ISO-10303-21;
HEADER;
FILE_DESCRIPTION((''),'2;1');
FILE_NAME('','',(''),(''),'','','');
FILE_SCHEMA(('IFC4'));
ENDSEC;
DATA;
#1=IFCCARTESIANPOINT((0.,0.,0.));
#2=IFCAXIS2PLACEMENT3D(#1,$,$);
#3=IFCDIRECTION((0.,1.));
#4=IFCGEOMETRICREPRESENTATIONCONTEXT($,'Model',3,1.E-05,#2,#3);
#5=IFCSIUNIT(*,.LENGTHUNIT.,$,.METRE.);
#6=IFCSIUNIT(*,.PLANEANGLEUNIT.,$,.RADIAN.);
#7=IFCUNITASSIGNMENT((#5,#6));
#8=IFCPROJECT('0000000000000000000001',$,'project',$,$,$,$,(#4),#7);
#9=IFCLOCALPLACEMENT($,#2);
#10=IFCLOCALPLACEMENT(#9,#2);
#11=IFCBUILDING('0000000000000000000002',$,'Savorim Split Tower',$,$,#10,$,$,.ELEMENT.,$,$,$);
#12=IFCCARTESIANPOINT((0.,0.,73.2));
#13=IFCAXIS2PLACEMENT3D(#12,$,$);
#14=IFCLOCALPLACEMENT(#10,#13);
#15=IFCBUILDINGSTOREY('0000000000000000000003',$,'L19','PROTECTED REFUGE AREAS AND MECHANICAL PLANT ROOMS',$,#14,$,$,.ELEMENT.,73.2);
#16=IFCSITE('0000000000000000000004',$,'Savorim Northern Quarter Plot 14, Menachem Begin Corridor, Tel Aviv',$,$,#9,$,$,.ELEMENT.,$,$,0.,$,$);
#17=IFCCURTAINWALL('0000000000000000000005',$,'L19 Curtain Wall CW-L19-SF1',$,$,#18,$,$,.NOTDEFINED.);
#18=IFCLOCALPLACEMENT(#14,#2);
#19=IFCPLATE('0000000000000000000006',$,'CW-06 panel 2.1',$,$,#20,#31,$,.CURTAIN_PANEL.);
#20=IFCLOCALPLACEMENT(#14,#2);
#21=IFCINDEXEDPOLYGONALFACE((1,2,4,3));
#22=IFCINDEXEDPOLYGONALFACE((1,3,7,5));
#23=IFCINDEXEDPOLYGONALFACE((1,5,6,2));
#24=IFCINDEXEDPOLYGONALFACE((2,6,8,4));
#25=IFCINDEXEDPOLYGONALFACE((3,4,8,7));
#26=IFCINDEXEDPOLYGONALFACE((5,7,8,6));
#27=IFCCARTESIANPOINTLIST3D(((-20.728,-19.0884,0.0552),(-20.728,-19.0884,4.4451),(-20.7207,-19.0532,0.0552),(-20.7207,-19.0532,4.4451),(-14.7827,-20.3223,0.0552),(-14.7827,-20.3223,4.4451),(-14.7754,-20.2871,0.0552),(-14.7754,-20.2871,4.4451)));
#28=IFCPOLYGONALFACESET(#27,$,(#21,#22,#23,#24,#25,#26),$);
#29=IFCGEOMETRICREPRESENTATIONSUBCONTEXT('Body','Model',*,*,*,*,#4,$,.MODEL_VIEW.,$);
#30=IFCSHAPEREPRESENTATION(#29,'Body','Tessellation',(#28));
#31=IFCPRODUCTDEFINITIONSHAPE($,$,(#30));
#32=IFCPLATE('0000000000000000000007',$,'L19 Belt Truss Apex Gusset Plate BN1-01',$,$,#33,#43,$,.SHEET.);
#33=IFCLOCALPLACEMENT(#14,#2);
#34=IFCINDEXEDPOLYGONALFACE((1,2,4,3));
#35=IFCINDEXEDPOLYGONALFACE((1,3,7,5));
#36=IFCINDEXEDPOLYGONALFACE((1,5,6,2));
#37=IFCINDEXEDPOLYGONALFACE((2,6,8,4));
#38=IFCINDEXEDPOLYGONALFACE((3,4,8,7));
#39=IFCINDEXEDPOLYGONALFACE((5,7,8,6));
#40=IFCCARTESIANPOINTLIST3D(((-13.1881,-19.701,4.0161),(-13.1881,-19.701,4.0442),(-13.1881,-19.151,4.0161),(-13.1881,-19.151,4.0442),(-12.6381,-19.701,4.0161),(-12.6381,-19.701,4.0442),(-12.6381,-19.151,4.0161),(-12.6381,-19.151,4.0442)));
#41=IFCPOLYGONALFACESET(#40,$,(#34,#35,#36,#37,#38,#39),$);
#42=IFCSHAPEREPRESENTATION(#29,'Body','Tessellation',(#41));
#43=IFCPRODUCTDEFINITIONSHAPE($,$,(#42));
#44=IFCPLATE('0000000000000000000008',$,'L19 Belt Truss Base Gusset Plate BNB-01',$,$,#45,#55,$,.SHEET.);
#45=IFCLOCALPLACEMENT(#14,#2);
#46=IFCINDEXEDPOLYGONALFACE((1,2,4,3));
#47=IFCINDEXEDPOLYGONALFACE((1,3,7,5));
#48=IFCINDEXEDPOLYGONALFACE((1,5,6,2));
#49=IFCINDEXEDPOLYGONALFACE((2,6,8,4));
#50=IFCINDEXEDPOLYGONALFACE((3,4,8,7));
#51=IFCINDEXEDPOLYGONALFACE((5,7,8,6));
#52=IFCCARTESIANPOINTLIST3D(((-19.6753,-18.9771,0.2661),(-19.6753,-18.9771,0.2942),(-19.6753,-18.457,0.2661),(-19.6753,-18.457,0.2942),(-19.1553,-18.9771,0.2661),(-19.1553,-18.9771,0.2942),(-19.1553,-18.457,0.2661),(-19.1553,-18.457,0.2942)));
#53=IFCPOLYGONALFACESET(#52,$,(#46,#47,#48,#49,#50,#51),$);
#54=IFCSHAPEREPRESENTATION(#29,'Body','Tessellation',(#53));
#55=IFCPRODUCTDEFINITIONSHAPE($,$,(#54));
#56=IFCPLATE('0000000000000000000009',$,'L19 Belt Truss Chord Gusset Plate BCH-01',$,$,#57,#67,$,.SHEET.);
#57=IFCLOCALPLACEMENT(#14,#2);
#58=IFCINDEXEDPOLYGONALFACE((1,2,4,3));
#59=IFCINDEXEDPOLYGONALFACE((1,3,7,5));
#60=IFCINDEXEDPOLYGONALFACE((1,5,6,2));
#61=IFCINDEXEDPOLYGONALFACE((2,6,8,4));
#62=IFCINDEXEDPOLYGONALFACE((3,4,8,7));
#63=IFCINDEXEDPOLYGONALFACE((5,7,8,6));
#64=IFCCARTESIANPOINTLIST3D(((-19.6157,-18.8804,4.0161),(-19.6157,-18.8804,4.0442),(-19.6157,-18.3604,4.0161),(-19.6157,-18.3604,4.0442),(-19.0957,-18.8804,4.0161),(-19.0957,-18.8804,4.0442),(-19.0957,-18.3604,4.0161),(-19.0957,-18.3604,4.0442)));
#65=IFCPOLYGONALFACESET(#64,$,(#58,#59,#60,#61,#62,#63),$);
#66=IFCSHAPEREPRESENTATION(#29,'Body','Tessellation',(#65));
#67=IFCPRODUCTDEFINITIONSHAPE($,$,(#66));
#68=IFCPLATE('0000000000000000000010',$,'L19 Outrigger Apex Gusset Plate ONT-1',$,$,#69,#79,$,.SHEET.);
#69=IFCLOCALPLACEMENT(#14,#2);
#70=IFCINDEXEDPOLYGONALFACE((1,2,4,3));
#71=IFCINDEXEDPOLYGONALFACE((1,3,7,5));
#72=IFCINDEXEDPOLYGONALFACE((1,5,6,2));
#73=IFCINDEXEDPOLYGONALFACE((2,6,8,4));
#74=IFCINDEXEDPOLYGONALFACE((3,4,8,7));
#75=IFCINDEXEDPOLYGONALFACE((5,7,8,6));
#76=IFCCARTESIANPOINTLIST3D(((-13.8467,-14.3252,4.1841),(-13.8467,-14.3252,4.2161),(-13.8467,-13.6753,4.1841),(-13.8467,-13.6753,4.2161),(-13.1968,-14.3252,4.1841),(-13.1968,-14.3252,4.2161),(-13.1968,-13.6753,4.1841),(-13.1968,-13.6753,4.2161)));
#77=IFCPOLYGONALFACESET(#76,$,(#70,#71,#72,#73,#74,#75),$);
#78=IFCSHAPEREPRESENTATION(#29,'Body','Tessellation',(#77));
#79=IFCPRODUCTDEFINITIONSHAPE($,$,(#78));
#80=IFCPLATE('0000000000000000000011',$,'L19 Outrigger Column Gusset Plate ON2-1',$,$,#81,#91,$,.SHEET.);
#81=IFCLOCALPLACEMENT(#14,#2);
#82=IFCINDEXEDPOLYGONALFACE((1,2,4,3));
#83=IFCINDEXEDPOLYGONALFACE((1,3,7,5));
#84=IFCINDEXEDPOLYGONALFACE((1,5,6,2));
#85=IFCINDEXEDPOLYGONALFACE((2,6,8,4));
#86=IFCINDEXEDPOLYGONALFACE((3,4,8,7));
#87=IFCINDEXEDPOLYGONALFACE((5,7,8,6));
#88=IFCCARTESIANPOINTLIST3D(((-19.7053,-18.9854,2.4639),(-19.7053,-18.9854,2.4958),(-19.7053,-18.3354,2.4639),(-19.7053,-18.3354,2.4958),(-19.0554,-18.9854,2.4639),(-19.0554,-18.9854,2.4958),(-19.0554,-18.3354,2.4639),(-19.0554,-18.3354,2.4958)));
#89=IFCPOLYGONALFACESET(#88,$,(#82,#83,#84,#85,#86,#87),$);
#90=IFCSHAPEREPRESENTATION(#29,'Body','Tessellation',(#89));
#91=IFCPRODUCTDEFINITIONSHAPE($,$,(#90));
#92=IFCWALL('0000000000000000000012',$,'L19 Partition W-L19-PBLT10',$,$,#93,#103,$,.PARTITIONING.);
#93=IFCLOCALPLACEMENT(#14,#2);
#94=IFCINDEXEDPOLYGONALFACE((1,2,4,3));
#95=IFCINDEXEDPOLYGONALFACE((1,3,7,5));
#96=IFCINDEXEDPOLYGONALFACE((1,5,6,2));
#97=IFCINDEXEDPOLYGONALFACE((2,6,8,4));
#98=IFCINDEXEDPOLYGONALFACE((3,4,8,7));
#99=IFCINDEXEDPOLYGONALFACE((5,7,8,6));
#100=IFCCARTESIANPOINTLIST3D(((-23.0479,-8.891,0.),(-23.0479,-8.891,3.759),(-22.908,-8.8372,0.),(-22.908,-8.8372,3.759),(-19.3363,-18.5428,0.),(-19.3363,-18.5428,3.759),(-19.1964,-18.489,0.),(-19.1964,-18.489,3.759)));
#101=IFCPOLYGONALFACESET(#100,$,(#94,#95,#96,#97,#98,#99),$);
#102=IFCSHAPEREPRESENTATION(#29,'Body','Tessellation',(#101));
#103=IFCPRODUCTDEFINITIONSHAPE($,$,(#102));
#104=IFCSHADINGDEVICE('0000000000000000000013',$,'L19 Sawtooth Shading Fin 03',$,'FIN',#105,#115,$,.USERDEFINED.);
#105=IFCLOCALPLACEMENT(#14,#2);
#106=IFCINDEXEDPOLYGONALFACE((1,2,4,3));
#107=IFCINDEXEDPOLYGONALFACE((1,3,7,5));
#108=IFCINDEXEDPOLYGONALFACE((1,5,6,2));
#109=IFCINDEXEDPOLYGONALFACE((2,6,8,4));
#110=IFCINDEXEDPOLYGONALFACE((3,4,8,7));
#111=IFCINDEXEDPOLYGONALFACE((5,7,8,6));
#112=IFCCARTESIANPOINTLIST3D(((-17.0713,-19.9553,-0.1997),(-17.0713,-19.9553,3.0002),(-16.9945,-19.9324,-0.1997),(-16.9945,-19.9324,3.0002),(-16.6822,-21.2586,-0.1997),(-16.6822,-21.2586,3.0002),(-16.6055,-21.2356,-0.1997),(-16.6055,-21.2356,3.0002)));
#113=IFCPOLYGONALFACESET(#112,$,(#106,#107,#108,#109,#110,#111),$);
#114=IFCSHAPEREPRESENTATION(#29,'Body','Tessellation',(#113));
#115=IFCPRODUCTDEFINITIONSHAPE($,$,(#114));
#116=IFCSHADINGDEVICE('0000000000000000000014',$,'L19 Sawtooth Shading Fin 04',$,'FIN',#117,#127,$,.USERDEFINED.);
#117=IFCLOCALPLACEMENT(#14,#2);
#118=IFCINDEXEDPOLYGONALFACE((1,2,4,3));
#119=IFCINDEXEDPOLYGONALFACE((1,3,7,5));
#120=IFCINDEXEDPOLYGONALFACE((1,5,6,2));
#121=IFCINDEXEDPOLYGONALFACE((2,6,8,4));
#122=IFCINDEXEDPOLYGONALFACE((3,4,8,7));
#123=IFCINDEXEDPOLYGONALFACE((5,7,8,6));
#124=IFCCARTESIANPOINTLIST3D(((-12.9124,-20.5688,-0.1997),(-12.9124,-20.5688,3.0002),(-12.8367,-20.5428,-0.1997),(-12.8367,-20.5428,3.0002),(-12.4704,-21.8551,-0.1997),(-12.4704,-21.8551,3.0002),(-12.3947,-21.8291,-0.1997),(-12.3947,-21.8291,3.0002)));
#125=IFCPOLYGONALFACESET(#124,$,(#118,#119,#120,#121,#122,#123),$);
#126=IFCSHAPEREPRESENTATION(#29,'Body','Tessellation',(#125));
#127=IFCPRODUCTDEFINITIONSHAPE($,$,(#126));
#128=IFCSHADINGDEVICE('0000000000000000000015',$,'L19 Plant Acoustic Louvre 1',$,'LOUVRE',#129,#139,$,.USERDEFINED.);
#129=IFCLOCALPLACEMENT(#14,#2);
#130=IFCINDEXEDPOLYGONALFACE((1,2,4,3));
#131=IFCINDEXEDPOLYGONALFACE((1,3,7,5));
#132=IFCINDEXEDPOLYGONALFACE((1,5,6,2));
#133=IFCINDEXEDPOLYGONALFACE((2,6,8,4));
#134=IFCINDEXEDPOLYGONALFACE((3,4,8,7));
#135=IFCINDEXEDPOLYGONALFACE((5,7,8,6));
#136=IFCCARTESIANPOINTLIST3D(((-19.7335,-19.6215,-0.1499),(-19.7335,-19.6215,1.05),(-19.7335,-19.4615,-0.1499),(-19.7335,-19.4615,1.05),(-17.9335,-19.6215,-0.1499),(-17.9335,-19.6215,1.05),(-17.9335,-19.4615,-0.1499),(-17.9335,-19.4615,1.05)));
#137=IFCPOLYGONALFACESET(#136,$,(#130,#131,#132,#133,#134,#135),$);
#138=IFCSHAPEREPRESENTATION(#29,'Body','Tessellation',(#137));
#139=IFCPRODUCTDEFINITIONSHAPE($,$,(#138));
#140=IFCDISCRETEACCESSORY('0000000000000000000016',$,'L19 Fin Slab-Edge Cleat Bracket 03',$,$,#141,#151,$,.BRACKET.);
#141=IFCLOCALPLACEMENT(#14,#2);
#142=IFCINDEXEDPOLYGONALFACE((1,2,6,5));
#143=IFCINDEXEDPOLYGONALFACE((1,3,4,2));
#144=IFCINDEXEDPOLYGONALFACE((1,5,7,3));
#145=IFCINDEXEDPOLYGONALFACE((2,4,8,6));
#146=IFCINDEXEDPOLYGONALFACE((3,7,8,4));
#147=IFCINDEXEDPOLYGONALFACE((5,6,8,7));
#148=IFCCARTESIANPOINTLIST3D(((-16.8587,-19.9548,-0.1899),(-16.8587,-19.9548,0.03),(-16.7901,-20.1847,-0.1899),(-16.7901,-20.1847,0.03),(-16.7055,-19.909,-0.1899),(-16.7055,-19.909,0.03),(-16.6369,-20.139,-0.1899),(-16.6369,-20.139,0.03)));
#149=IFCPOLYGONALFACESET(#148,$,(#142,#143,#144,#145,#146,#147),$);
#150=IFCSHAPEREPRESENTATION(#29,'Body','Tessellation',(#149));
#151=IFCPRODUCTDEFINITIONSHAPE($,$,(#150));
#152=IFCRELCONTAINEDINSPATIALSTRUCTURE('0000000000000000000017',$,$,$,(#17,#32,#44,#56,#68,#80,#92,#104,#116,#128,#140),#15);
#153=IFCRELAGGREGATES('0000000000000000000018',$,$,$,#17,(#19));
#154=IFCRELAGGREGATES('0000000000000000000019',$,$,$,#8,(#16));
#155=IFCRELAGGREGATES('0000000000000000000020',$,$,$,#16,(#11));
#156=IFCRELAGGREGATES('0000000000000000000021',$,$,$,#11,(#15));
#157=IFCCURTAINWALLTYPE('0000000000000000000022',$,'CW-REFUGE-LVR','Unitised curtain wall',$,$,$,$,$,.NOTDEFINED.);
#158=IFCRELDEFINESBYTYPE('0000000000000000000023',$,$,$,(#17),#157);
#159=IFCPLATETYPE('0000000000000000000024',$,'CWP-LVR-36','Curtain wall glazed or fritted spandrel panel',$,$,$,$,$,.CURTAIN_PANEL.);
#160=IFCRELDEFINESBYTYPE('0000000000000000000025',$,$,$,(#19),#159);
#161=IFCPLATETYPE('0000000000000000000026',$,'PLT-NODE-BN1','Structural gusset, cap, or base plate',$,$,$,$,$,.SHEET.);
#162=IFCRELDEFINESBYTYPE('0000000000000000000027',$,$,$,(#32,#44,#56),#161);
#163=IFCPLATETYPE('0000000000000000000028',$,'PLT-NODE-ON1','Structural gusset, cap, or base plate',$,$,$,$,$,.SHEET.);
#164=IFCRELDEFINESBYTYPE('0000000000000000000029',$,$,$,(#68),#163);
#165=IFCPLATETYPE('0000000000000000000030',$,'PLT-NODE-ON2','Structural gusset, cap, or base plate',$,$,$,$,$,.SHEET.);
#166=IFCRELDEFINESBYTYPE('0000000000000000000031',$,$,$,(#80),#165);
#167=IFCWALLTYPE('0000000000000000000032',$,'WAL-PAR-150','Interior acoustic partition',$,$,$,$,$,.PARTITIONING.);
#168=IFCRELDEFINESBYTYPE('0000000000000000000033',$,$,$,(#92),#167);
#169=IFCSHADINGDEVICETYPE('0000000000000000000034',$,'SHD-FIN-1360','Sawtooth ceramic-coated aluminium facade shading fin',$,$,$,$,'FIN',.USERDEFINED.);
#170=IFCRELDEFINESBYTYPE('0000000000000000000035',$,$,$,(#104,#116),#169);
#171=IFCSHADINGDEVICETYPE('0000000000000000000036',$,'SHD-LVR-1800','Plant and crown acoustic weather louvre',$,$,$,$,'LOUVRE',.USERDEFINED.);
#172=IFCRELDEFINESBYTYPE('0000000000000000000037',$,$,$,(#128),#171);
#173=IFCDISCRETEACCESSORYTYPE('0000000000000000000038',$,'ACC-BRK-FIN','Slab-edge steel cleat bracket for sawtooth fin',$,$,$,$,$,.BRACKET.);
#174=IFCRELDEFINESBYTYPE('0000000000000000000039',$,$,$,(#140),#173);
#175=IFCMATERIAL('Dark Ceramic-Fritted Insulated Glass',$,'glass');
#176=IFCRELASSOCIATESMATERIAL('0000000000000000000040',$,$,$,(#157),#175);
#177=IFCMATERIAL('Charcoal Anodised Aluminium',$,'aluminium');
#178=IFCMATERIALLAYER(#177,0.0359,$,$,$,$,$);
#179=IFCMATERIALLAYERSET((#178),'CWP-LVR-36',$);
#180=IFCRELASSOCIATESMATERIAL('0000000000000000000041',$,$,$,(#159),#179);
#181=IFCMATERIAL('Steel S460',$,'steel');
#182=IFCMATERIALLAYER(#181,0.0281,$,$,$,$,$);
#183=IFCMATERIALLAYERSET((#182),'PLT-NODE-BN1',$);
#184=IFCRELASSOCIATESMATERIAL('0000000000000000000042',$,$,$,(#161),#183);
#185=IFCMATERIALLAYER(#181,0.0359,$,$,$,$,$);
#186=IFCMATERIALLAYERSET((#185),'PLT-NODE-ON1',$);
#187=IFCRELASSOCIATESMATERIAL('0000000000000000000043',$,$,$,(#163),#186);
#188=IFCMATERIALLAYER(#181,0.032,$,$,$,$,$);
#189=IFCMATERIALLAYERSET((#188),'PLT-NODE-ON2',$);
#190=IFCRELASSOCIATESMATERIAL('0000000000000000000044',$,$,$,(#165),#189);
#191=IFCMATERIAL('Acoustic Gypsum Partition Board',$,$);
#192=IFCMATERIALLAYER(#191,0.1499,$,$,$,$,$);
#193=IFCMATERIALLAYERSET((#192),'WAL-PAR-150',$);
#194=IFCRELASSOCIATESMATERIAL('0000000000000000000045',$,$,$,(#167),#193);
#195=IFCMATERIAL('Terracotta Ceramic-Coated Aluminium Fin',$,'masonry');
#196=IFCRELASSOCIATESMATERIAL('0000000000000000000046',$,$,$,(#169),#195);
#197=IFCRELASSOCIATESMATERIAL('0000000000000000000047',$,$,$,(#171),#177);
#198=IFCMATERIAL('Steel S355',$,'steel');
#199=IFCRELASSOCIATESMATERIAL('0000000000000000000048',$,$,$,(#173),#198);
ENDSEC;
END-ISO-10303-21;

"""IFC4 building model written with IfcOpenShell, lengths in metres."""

from ifc_helpers import new_model, si_unit, direction, frame, frame_2d, origin, origin_2d, place, context, subcontext, project, spatial, rectangle, extrude, material, layer, layer_set, type_object, element, aggregate, save


model = new_model("IFC4")

# Units and contexts
model_context = context("Model", 3, precision=1e-05, world=origin(), true_north=direction((0.0, 1.0)))
body_context = subcontext(model_context, "Body", "Model", "MODEL_VIEW")
ifc_project = project(units=[si_unit("LENGTHUNIT", "METRE"), si_unit("PLANEANGLEUNIT", "RADIAN")], contexts=[model_context])

# Site, building, storey
site_placement = place(None, origin())
site = spatial("IfcSite", under=ifc_project, at=site_placement, Name="Savorim Northern Quarter Plot 14, Menachem Begin Corridor, Tel Aviv", CompositionType="ELEMENT", RefElevation=0.0)
building_placement = place(site_placement, origin())
building = spatial("IfcBuilding", under=site, at=building_placement, Name="Savorim Split Tower", CompositionType="ELEMENT")
storey_placement = place(building_placement, frame((0.0, 0.0, 73.2)))
storey = spatial("IfcBuildingStorey", under=building, at=storey_placement, Name="L19", Description="PROTECTED REFUGE AREAS AND MECHANICAL PLANT ROOMS", CompositionType="ELEMENT", Elevation=73.2)

# Shared definitions
ifc_material_1 = material(Name="Steel S460", Category="steel")

# Shared definitions
ifc_material_2 = material(Name="Steel S355", Category="steel")

# Curtain wall
ifc_material_3 = material(Name="Dark Ceramic-Fritted Insulated Glass", Category="glass")
curtain_wall_type = type_object("IfcCurtainWallType", Name="CW-REFUGE-LVR", Description="Unitised curtain wall", PredefinedType="NOTDEFINED", material=ifc_material_3)
curtain_wall_1_placement = place(storey_placement, origin())
curtain_wall_1 = element("IfcCurtainWall", 1, at=curtain_wall_1_placement, inside=storey, type_object=curtain_wall_type, Name="L19 Curtain Wall CW-L19-SF1", PredefinedType="NOTDEFINED")
ifc_material_4 = material(Name="Charcoal Anodised Aluminium", Category="aluminium")

# Plate
ifc_layer_1 = layer(ifc_material_4, 0.0359)
ifc_layer_set_1 = layer_set([ifc_layer_1], Name="CWP-LVR-36")
plate_type_1 = type_object("IfcPlateType", Name="CWP-LVR-36", Description="Curtain wall glazed or fritted spandrel panel", PredefinedType="CURTAIN_PANEL", material=ifc_layer_set_1)
plate_1_placement = place(storey_placement, frame((-17.7517, -19.6877, 0.0552), z_axis=(0.0, 0.0, 1.0), x_axis=(0.979135, -0.20321, 0.0)))
plate_1 = element("IfcPlate", 2, at=plate_1_placement, type_object=plate_type_1, Name="CW-06 panel 2.1", PredefinedType="CURTAIN_PANEL", context=body_context, shape_type="SweptSolid", body=[
    extrude(rectangle(XDim=6.072, YDim=0.0359, at=origin_2d()), origin(), (0.0, 0.0, 1.0), 4.3899),
])
aggregate(curtain_wall_1, [plate_1])

# Plates
ifc_layer_2 = layer(ifc_material_1, 0.0281)
ifc_layer_set_2 = layer_set([ifc_layer_2], Name="PLT-NODE-BN1")
plate_type_2 = type_object("IfcPlateType", Name="PLT-NODE-BN1", Description="Structural gusset, cap, or base plate", PredefinedType="SHEET", material=ifc_layer_set_2)
plate_2_placement = place(storey_placement, frame((-12.9131, -19.426, 4.0161), z_axis=(0.0, 0.0, 1.0), x_axis=(1.0, 0.0, 0.0)))
element("IfcPlate", 3, at=plate_2_placement, inside=storey, type_object=plate_type_2, Name="L19 Belt Truss Apex Gusset Plate BN1-01", PredefinedType="SHEET", context=body_context, shape_type="SweptSolid", body=[
    extrude(rectangle(XDim=0.55, YDim=0.55, at=origin_2d()), origin(), (0.0, 0.0, 1.0), 0.0281),
])
for number, where, z_axis, x_axis, name in (
    (4, (-19.4153, -18.717, 0.2661), (0.0, 0.0, 1.0), (1.0, 0.0, 0.0), "L19 Belt Truss Base Gusset Plate BNB-01"),
    (5, (-19.3557, -18.6204, 4.0161), (0.0, 0.0, 1.0), (1.0, 0.0, 0.0), "L19 Belt Truss Chord Gusset Plate BCH-01"),
):
    element("IfcPlate", number, at=place(storey_placement, frame(where, z_axis=z_axis, x_axis=x_axis)), inside=storey, type_object=plate_type_2, Name=name, PredefinedType="SHEET", context=body_context, shape_type="SweptSolid", body=[
        extrude(rectangle(XDim=0.52, YDim=0.52, at=origin_2d()), origin(), (0.0, 0.0, 1.0), 0.0281),
    ])
ifc_layer_3 = layer(ifc_material_1, 0.0359)
ifc_layer_set_3 = layer_set([ifc_layer_3], Name="PLT-NODE-ON1")
plate_type_3 = type_object("IfcPlateType", Name="PLT-NODE-ON1", Description="Structural gusset, cap, or base plate", PredefinedType="SHEET", material=ifc_layer_set_3)
plate_3_placement = place(storey_placement, frame((-13.5217, -14.0002, 4.1841), z_axis=(0.0, 0.0, 1.0), x_axis=(1.0, 0.0, 0.0)))
element("IfcPlate", 6, at=plate_3_placement, inside=storey, type_object=plate_type_3, Name="L19 Outrigger Apex Gusset Plate ONT-1", PredefinedType="SHEET", context=body_context, shape_type="SweptSolid", body=[
    extrude(rectangle(XDim=0.6499, YDim=0.6499, at=origin_2d()), origin(), (0.0, 0.0, 1.0), 0.032),
])
ifc_layer_4 = layer(ifc_material_1, 0.032)
ifc_layer_set_4 = layer_set([ifc_layer_4], Name="PLT-NODE-ON2")
plate_type_4 = type_object("IfcPlateType", Name="PLT-NODE-ON2", Description="Structural gusset, cap, or base plate", PredefinedType="SHEET", material=ifc_layer_set_4)
plate_4_placement = place(storey_placement, frame((-19.3804, -18.6604, 2.4639), z_axis=(0.0, 0.0, 1.0), x_axis=(1.0, 0.0, 0.0)))
element("IfcPlate", 7, at=plate_4_placement, inside=storey, type_object=plate_type_4, Name="L19 Outrigger Column Gusset Plate ON2-1", PredefinedType="SHEET", context=body_context, shape_type="SweptSolid", body=[
    extrude(rectangle(XDim=0.6499, YDim=0.6499, at=origin_2d()), origin(), (0.0, 0.0, 1.0), 0.032),
])

# Wall
ifc_material_5 = material(Name="Acoustic Gypsum Partition Board")
ifc_layer_5 = layer(ifc_material_5, 0.1499)
ifc_layer_set_5 = layer_set([ifc_layer_5], Name="WAL-PAR-150")
wall_type = type_object("IfcWallType", Name="WAL-PAR-150", Description="Interior acoustic partition", PredefinedType="PARTITIONING", material=ifc_layer_set_5)
wall_placement = place(storey_placement, frame((-19.2664, -18.5159, 0.0), z_axis=(0.0, 0.0, 1.0), x_axis=(-0.35893, 0.933364, 0.0)))
element("IfcWall", 8, at=wall_placement, inside=storey, type_object=wall_type, Name="L19 Partition W-L19-PBLT10", PredefinedType="PARTITIONING", context=body_context, shape_type="SweptSolid", body=[
    extrude(rectangle(XDim=10.3408, YDim=0.1499, at=frame_2d((5.1704, 0.0))), origin(), (0.0, 0.0, 1.0), 3.759),
])

# Shading devices
ifc_material_6 = material(Name="Terracotta Ceramic-Coated Aluminium Fin", Category="masonry")
shading_device_type_1 = type_object("IfcShadingDeviceType", Name="SHD-FIN-1360", Description="Sawtooth ceramic-coated aluminium facade shading fin", ElementType="FIN", PredefinedType="USERDEFINED", material=ifc_material_6)
for number, where, z_axis, x_axis, name in (
    (9, (-16.8384, -20.5955, -0.1997), (0.0, 0.0, 1.0), (0.286026, -0.958222, 0.0), "L19 Sawtooth Shading Fin 03"),
    (10, (-12.6536, -21.199, -0.1997), (0.0, 0.0, 1.0), (0.324994, -0.945716, 0.0), "L19 Sawtooth Shading Fin 04"),
):
    element("IfcShadingDevice", number, at=place(storey_placement, frame(where, z_axis=z_axis, x_axis=x_axis)), inside=storey, type_object=shading_device_type_1, Name=name, ObjectType="FIN", PredefinedType="USERDEFINED", context=body_context, shape_type="SweptSolid", body=[
        extrude(rectangle(XDim=1.3601, YDim=0.0801, at=origin_2d()), origin(), (0.0, 0.0, 1.0), 3.2),
    ])
shading_device_type_2 = type_object("IfcShadingDeviceType", Name="SHD-LVR-1800", Description="Plant and crown acoustic weather louvre", ElementType="LOUVRE", PredefinedType="USERDEFINED", material=ifc_material_4)
shading_device_placement = place(storey_placement, frame((-18.8335, -19.5415, -0.1499), z_axis=(0.0, 0.0, 1.0), x_axis=(1.0, 0.0, 0.0)))
element("IfcShadingDevice", 11, at=shading_device_placement, inside=storey, type_object=shading_device_type_2, Name="L19 Plant Acoustic Louvre 1", ObjectType="LOUVRE", PredefinedType="USERDEFINED", context=body_context, shape_type="SweptSolid", body=[
    extrude(rectangle(XDim=1.8, YDim=0.1599, at=origin_2d()), origin(), (0.0, 0.0, 1.0), 1.2),
])

# Discrete accessory
discrete_accessory_type = type_object("IfcDiscreteAccessoryType", Name="ACC-BRK-FIN", Description="Slab-edge steel cleat bracket for sawtooth fin", PredefinedType="BRACKET", material=ifc_material_2)
discrete_accessory_placement = place(storey_placement, frame((-16.7478, -20.0469, -0.1899), z_axis=(0.0, 0.0, 1.0), x_axis=(0.286026, -0.958222, 0.0)))
element("IfcDiscreteAccessory", 12, at=discrete_accessory_placement, inside=storey, type_object=discrete_accessory_type, Name="L19 Fin Slab-Edge Cleat Bracket 03", PredefinedType="BRACKET", context=body_context, shape_type="SweptSolid", body=[
    extrude(rectangle(XDim=0.24, YDim=0.1599, at=origin_2d()), origin(), (0.0, 0.0, 1.0), 0.22),
])

save(model, "model.ifc")
